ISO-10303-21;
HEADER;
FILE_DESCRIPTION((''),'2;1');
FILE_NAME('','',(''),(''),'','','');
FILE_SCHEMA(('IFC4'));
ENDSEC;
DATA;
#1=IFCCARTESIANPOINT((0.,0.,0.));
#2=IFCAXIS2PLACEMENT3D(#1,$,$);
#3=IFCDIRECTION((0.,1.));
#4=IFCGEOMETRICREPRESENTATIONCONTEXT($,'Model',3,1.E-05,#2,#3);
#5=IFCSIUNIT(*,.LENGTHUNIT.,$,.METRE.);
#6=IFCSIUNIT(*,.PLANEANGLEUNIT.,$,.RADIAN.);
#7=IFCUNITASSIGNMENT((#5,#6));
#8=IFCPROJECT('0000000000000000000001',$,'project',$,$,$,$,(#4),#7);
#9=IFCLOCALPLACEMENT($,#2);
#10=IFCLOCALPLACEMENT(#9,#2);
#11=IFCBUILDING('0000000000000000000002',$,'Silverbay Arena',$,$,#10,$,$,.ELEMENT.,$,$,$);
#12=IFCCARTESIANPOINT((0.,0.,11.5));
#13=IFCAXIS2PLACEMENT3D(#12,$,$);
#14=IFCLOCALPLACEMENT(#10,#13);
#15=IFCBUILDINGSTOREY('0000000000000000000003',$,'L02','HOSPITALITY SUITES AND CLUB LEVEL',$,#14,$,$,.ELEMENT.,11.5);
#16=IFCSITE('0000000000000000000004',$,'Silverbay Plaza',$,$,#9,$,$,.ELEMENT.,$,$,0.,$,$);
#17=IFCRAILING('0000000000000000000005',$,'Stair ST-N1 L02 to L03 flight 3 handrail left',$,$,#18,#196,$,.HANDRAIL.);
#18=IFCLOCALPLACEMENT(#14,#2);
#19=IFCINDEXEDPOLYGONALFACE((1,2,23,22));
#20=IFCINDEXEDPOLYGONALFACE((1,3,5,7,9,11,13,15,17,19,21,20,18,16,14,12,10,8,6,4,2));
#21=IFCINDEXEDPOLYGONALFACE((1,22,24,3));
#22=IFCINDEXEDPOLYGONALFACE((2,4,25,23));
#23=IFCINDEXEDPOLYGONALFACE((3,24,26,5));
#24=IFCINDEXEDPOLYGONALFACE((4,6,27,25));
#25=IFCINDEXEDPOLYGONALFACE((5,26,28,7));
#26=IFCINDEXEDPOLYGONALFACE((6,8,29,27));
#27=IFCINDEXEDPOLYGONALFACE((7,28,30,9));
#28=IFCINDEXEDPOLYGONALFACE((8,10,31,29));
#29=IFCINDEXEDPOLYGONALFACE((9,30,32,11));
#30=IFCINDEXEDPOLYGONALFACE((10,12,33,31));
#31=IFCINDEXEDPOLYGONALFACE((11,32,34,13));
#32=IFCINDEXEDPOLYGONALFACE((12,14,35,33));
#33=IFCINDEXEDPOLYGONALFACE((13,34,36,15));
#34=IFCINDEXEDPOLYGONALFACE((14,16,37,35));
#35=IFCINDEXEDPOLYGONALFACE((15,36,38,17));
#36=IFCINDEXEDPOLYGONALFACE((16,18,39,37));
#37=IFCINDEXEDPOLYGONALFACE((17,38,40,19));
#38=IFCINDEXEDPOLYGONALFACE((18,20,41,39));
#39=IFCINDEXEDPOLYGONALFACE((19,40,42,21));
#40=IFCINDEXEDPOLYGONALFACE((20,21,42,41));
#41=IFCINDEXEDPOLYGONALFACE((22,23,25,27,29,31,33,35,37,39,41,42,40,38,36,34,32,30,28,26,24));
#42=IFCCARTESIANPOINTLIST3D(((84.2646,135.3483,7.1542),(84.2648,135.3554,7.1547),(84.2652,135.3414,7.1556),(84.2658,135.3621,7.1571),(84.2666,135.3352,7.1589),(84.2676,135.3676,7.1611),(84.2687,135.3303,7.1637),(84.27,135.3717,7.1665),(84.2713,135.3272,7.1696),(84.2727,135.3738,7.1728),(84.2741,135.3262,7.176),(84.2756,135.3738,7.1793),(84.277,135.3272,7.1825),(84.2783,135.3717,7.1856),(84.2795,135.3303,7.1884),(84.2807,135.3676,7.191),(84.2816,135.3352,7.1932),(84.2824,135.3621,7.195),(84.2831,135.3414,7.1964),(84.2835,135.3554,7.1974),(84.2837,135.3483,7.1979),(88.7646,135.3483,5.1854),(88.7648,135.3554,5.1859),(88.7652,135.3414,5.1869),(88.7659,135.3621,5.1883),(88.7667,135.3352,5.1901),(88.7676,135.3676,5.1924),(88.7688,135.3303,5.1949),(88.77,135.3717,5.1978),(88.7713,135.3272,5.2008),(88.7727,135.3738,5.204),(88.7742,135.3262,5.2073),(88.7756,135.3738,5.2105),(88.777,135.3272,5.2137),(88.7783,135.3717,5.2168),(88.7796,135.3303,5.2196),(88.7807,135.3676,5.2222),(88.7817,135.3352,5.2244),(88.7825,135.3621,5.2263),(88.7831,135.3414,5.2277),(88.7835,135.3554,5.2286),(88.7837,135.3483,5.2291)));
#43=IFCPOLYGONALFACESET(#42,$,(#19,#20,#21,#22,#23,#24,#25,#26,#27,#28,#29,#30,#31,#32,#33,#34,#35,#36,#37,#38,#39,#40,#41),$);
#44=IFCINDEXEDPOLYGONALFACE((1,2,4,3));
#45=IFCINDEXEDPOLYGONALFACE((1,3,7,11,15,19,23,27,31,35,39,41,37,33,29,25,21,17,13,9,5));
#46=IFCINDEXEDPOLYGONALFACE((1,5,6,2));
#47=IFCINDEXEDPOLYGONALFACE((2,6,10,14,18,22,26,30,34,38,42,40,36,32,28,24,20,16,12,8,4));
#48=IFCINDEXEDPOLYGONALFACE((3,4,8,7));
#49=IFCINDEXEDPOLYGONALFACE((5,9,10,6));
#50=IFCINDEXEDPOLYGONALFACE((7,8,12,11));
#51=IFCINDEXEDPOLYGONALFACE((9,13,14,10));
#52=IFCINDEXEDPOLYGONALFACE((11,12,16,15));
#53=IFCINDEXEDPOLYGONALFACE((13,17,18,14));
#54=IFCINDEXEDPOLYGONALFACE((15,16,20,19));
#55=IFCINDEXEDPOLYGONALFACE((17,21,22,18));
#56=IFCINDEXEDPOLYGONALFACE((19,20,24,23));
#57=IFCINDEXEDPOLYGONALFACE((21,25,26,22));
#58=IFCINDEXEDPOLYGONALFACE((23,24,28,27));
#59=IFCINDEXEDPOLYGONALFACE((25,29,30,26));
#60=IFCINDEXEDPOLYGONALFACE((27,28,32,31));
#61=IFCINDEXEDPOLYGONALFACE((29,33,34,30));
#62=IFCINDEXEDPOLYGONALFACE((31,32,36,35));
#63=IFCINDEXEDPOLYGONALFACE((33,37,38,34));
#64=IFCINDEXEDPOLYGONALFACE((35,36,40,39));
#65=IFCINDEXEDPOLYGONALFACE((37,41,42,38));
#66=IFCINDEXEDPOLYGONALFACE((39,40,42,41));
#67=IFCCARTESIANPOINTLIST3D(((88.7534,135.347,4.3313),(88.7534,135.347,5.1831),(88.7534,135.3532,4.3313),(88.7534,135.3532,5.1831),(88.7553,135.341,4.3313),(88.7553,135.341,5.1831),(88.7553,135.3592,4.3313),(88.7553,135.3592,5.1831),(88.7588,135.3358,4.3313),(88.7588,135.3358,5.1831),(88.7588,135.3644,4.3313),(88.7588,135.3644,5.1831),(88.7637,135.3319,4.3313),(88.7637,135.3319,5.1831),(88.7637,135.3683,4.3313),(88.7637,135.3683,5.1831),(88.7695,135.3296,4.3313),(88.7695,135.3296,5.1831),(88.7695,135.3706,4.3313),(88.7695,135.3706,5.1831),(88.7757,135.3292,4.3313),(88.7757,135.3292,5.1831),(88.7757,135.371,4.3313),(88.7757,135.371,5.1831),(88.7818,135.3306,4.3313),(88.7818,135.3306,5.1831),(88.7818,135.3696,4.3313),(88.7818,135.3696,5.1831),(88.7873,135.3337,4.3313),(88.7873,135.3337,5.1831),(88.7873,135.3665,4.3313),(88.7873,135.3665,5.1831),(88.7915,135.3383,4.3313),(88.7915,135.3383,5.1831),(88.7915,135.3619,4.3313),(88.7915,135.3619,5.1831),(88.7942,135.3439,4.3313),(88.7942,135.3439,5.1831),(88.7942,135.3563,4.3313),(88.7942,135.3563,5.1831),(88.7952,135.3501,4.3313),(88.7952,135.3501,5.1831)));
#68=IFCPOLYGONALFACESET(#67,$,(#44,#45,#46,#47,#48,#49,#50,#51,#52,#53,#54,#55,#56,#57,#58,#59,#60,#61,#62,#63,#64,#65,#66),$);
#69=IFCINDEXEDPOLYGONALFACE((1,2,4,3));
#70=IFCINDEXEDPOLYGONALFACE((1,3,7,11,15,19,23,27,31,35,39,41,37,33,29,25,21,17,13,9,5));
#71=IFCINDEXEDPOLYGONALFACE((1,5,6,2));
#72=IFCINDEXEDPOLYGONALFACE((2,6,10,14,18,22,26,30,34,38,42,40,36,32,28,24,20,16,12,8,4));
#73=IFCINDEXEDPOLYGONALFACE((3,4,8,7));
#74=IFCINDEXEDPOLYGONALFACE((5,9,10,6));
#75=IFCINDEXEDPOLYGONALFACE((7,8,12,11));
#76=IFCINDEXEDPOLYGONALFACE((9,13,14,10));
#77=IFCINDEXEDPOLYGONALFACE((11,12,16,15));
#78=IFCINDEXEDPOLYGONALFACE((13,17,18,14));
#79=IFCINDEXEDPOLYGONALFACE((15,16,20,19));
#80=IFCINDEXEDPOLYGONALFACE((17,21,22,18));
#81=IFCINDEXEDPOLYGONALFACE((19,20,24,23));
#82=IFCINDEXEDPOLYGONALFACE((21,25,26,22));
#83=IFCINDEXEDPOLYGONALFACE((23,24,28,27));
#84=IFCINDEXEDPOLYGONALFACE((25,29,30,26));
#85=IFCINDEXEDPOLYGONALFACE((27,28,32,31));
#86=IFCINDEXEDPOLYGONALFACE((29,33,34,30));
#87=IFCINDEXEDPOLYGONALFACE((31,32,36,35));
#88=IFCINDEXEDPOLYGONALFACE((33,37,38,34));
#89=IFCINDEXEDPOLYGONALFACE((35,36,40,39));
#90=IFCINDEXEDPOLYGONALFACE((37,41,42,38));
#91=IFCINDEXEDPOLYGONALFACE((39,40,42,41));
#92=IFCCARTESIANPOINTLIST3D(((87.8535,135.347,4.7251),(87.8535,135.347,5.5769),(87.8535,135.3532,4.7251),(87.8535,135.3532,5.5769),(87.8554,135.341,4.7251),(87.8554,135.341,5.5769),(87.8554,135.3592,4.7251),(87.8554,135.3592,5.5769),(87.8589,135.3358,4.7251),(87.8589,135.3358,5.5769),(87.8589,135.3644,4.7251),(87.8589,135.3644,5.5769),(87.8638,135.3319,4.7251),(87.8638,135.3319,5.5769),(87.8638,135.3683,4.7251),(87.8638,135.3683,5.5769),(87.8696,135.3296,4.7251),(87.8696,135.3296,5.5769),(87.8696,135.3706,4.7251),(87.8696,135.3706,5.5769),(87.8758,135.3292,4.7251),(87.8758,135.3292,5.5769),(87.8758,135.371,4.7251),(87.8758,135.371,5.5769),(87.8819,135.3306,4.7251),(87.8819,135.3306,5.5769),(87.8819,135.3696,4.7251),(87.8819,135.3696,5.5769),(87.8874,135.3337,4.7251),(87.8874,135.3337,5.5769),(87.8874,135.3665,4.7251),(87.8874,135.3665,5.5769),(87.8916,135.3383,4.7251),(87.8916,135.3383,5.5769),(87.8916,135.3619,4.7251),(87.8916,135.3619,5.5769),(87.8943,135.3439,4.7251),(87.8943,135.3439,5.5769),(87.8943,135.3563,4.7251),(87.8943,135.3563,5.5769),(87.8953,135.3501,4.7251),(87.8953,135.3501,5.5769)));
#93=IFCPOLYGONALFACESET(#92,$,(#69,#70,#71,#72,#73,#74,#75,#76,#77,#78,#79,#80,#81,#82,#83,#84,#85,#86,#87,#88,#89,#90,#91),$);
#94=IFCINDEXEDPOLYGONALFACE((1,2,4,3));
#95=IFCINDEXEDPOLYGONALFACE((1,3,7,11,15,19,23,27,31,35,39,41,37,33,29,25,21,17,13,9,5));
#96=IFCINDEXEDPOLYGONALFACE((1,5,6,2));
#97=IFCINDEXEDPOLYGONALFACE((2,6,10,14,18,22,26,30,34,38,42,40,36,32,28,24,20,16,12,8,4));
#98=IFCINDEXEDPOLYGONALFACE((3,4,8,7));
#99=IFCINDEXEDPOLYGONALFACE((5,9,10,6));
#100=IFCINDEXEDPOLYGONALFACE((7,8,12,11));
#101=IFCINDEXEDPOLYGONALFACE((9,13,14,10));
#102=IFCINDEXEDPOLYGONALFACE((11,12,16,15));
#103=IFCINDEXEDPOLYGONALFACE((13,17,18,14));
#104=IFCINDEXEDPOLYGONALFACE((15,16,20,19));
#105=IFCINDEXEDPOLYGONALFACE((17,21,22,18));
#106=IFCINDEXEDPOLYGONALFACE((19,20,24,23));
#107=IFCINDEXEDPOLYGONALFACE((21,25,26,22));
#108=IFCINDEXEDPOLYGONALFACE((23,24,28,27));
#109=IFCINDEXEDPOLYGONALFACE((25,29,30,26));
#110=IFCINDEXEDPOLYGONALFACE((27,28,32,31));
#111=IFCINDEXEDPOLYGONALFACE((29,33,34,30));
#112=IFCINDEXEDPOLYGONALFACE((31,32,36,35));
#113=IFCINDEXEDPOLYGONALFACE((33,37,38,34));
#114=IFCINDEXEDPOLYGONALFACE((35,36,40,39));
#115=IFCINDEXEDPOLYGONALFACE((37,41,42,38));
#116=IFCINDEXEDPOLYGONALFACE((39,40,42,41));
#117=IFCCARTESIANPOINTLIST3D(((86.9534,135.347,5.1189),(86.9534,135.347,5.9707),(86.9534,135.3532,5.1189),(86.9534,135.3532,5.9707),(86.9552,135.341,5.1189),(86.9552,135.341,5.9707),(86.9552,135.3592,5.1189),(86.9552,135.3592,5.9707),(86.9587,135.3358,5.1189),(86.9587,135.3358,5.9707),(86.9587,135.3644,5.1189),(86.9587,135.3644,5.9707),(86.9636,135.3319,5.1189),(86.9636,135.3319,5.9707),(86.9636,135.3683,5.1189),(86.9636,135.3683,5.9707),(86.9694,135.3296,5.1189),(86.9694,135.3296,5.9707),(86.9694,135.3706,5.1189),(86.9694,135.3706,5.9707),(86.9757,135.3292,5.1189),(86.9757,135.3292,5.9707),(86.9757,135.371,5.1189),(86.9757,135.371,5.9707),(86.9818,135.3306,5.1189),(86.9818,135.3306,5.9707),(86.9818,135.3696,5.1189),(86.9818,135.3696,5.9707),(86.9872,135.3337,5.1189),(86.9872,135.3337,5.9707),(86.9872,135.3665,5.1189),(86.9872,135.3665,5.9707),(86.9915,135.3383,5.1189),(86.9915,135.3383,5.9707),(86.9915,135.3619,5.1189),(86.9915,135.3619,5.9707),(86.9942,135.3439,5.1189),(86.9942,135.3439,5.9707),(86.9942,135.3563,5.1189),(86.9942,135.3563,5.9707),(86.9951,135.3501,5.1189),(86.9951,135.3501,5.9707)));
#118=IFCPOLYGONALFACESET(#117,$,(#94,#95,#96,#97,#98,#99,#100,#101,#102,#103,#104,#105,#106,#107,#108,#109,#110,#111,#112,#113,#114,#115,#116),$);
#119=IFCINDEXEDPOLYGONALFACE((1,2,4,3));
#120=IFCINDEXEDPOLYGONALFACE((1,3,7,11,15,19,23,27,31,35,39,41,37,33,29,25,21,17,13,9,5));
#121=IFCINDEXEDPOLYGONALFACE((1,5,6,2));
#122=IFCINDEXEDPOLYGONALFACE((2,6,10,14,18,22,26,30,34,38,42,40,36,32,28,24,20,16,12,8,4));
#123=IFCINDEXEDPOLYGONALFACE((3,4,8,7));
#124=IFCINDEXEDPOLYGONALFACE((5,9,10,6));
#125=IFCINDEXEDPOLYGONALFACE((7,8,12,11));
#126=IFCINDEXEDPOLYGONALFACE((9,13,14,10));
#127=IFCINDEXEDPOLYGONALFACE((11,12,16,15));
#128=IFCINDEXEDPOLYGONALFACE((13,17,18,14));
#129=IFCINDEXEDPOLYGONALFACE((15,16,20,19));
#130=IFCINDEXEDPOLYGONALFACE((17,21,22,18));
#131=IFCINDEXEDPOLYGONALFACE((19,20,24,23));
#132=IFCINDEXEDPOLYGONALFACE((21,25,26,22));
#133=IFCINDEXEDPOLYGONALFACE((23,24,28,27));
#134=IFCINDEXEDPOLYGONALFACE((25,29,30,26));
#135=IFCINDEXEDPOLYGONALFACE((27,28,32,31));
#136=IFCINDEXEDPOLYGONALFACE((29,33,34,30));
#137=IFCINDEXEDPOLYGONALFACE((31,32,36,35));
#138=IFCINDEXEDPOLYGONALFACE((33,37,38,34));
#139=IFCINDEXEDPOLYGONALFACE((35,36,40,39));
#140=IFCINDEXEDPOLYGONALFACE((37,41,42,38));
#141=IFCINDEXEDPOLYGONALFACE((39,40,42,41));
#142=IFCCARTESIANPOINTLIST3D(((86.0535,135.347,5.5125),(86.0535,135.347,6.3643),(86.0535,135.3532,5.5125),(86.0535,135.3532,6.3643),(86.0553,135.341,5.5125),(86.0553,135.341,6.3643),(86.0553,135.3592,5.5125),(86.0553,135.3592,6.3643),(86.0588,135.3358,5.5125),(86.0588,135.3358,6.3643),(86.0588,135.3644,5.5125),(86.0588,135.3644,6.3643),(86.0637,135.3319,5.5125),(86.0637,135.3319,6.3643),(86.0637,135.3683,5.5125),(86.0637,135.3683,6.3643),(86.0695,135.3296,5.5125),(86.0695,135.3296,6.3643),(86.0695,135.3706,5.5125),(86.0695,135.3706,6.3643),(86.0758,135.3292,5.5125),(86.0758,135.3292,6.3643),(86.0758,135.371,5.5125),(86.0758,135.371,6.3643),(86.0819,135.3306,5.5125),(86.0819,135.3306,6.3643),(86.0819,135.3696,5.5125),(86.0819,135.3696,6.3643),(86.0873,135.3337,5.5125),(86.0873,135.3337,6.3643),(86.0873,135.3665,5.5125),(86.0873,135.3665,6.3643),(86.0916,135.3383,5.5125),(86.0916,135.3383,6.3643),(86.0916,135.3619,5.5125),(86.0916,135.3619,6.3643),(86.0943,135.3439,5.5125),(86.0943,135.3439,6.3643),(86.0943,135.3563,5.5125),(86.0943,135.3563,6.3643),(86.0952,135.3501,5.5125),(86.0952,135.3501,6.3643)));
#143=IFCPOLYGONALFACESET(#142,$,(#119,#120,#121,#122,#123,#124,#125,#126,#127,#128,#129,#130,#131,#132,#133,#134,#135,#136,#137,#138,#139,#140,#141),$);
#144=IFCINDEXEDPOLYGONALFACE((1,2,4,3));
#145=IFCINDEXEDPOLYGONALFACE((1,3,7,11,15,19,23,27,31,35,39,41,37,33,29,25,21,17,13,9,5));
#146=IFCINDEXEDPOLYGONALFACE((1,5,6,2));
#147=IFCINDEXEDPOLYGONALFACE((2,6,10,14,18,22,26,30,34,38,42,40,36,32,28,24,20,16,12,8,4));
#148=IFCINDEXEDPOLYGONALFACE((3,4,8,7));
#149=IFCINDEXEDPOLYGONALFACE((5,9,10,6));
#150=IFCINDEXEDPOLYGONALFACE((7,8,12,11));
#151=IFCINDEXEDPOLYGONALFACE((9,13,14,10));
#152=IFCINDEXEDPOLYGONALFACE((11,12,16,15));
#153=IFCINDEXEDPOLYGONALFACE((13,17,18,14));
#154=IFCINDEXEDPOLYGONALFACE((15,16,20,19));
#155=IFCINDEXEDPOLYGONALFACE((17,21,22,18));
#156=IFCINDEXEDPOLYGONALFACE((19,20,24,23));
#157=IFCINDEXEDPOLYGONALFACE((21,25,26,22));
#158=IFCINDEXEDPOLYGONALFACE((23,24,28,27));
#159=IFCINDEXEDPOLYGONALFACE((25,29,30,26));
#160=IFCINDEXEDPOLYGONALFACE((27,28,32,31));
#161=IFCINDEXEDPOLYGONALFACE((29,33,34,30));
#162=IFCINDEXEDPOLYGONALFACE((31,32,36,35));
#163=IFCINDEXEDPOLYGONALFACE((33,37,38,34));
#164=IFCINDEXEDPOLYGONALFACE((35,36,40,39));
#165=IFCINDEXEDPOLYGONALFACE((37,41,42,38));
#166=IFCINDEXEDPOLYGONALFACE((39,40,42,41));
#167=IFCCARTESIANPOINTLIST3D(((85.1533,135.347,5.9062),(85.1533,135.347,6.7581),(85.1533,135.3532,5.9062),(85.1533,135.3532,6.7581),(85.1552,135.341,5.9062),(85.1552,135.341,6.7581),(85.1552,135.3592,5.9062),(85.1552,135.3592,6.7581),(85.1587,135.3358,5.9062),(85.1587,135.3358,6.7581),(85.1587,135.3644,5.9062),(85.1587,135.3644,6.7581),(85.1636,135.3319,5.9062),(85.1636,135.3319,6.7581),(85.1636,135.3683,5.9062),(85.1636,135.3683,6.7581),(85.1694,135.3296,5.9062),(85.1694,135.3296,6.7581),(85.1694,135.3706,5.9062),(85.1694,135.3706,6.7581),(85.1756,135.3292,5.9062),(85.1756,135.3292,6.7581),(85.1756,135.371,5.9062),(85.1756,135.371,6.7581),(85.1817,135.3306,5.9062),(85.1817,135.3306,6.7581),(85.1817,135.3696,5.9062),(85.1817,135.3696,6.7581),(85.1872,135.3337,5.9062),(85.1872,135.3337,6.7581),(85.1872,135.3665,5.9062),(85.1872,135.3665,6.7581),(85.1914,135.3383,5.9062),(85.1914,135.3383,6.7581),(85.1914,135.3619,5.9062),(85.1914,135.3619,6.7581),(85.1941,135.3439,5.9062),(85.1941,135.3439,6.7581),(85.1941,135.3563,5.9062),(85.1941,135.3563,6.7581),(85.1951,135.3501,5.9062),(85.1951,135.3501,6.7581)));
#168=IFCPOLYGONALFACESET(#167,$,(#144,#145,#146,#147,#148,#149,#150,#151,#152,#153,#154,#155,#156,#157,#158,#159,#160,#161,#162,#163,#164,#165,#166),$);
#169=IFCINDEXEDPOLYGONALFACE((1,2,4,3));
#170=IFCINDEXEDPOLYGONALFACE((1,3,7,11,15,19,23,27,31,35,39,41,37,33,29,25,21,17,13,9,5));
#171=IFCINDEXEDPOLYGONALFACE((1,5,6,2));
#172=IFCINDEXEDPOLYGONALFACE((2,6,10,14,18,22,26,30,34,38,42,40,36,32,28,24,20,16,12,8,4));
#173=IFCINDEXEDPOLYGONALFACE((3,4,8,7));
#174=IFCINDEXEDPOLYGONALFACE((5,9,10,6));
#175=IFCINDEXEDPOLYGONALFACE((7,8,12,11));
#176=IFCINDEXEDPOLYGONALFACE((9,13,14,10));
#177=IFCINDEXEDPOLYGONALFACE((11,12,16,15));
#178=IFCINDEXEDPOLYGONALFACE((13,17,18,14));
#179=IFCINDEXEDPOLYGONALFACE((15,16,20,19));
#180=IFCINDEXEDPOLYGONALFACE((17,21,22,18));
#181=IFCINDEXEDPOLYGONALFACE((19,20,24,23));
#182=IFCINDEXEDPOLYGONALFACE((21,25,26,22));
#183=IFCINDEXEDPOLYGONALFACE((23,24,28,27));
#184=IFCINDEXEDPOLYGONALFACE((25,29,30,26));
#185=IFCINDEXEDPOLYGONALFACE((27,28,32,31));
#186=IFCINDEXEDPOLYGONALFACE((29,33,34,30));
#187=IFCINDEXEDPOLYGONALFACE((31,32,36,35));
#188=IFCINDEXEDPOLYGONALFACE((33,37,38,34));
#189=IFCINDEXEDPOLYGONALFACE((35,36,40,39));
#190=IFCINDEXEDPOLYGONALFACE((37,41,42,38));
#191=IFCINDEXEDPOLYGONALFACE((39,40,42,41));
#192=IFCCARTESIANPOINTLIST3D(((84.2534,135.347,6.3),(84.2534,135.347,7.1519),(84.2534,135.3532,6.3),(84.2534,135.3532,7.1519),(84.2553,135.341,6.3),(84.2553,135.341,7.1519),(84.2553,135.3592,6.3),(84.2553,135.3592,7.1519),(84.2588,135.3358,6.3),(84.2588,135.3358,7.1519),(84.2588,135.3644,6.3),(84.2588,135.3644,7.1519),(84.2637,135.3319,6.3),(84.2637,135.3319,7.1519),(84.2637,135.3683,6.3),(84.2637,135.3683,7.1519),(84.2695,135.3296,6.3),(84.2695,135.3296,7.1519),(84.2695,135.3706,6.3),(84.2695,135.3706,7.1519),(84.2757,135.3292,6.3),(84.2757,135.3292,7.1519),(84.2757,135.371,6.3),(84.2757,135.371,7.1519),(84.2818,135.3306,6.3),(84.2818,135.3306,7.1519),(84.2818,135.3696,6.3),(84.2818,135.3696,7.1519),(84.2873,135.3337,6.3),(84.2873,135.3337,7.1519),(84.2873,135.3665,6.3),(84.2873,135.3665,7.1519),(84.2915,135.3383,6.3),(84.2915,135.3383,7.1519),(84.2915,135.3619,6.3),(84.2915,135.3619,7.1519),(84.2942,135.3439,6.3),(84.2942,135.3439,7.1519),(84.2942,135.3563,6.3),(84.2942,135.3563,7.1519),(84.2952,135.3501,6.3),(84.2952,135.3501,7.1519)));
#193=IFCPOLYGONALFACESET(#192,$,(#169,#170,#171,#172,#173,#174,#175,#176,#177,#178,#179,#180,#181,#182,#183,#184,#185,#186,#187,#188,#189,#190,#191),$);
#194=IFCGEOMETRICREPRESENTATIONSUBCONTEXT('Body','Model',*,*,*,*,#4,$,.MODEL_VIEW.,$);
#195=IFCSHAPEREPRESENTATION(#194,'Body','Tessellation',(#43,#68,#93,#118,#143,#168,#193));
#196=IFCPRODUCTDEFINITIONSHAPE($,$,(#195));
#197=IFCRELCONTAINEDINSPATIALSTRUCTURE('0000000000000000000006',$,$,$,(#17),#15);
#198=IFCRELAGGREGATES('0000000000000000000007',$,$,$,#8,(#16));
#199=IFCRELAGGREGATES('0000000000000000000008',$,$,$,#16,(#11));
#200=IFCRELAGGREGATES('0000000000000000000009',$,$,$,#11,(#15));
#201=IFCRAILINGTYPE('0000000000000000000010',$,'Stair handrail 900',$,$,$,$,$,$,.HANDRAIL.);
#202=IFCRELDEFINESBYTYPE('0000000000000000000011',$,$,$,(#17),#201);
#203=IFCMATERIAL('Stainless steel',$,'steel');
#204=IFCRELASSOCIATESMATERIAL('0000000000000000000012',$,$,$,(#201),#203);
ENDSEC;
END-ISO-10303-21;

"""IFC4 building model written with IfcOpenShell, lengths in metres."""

from ifc_helpers import new_model, si_unit, direction, frame, origin, origin_2d, place, context, subcontext, project, spatial, circle, extrude, material, type_object, element, save


model = new_model("IFC4")

# Units and contexts
model_context = context("Model", 3, precision=1e-05, world=origin(), true_north=direction((0.0, 1.0)))
body_context = subcontext(model_context, "Body", "Model", "MODEL_VIEW")
ifc_project = project(units=[si_unit("LENGTHUNIT", "METRE"), si_unit("PLANEANGLEUNIT", "RADIAN")], contexts=[model_context])

# Site, building, storey
site_placement = place(None, origin())
site = spatial("IfcSite", under=ifc_project, at=site_placement, Name="Silverbay Plaza", CompositionType="ELEMENT", RefElevation=0.0)
building_placement = place(site_placement, origin())
building = spatial("IfcBuilding", under=site, at=building_placement, Name="Silverbay Arena", CompositionType="ELEMENT")
storey_placement = place(building_placement, frame((0.0, 0.0, 11.5)))
storey = spatial("IfcBuildingStorey", under=building, at=storey_placement, Name="L02", Description="HOSPITALITY SUITES AND CLUB LEVEL", CompositionType="ELEMENT", Elevation=11.5)

# Railing
ifc_material_1 = material(Name="Stainless steel", Category="steel")
railing_type_1 = type_object("IfcRailingType", Name="Stair handrail 900", PredefinedType="HANDRAIL", material=ifc_material_1)
for number, where, name in (
    (1, (88.7742, 135.3501, 4.3313), "Stair ST-N1 L02 to L03 flight 3 handrail left"),
):
    element("IfcRailing", number, at=place(storey_placement, frame(where)), inside=storey, type_object=railing_type_1, Name=name, PredefinedType="HANDRAIL", context=body_context, shape_type="SweptSolid", body=[
        extrude(circle(Radius=0.0239, at=origin_2d()), frame((0.0, 0.0, 0.876), z_axis=(-0.916157, 0.0, 0.400819), x_axis=(0.0, -1.0, 0.0)), (0.0, 0.0, 1.0), 4.9119),
        extrude(circle(Radius=0.021, at=origin_2d()), origin(), (0.0, 0.0, 1.0), 0.8518),
        extrude(circle(Radius=0.021, at=origin_2d()), frame((-0.8999, 0.0, 0.3938)), (0.0, 0.0, 1.0), 0.8518),
        extrude(circle(Radius=0.021, at=origin_2d()), frame((-1.8, 0.0, 0.7876)), (0.0, 0.0, 1.0), 0.8518),
        extrude(circle(Radius=0.021, at=origin_2d()), frame((-2.7, 0.0, 1.1812)), (0.0, 0.0, 1.0), 0.8518),
        extrude(circle(Radius=0.021, at=origin_2d()), frame((-3.6001, 0.0, 1.575)), (0.0, 0.0, 1.0), 0.8518),
        extrude(circle(Radius=0.021, at=origin_2d()), frame((-4.5, 0.0, 1.9688)), (0.0, 0.0, 1.0), 0.8518),
    ])

save(model, "model.ifc")
